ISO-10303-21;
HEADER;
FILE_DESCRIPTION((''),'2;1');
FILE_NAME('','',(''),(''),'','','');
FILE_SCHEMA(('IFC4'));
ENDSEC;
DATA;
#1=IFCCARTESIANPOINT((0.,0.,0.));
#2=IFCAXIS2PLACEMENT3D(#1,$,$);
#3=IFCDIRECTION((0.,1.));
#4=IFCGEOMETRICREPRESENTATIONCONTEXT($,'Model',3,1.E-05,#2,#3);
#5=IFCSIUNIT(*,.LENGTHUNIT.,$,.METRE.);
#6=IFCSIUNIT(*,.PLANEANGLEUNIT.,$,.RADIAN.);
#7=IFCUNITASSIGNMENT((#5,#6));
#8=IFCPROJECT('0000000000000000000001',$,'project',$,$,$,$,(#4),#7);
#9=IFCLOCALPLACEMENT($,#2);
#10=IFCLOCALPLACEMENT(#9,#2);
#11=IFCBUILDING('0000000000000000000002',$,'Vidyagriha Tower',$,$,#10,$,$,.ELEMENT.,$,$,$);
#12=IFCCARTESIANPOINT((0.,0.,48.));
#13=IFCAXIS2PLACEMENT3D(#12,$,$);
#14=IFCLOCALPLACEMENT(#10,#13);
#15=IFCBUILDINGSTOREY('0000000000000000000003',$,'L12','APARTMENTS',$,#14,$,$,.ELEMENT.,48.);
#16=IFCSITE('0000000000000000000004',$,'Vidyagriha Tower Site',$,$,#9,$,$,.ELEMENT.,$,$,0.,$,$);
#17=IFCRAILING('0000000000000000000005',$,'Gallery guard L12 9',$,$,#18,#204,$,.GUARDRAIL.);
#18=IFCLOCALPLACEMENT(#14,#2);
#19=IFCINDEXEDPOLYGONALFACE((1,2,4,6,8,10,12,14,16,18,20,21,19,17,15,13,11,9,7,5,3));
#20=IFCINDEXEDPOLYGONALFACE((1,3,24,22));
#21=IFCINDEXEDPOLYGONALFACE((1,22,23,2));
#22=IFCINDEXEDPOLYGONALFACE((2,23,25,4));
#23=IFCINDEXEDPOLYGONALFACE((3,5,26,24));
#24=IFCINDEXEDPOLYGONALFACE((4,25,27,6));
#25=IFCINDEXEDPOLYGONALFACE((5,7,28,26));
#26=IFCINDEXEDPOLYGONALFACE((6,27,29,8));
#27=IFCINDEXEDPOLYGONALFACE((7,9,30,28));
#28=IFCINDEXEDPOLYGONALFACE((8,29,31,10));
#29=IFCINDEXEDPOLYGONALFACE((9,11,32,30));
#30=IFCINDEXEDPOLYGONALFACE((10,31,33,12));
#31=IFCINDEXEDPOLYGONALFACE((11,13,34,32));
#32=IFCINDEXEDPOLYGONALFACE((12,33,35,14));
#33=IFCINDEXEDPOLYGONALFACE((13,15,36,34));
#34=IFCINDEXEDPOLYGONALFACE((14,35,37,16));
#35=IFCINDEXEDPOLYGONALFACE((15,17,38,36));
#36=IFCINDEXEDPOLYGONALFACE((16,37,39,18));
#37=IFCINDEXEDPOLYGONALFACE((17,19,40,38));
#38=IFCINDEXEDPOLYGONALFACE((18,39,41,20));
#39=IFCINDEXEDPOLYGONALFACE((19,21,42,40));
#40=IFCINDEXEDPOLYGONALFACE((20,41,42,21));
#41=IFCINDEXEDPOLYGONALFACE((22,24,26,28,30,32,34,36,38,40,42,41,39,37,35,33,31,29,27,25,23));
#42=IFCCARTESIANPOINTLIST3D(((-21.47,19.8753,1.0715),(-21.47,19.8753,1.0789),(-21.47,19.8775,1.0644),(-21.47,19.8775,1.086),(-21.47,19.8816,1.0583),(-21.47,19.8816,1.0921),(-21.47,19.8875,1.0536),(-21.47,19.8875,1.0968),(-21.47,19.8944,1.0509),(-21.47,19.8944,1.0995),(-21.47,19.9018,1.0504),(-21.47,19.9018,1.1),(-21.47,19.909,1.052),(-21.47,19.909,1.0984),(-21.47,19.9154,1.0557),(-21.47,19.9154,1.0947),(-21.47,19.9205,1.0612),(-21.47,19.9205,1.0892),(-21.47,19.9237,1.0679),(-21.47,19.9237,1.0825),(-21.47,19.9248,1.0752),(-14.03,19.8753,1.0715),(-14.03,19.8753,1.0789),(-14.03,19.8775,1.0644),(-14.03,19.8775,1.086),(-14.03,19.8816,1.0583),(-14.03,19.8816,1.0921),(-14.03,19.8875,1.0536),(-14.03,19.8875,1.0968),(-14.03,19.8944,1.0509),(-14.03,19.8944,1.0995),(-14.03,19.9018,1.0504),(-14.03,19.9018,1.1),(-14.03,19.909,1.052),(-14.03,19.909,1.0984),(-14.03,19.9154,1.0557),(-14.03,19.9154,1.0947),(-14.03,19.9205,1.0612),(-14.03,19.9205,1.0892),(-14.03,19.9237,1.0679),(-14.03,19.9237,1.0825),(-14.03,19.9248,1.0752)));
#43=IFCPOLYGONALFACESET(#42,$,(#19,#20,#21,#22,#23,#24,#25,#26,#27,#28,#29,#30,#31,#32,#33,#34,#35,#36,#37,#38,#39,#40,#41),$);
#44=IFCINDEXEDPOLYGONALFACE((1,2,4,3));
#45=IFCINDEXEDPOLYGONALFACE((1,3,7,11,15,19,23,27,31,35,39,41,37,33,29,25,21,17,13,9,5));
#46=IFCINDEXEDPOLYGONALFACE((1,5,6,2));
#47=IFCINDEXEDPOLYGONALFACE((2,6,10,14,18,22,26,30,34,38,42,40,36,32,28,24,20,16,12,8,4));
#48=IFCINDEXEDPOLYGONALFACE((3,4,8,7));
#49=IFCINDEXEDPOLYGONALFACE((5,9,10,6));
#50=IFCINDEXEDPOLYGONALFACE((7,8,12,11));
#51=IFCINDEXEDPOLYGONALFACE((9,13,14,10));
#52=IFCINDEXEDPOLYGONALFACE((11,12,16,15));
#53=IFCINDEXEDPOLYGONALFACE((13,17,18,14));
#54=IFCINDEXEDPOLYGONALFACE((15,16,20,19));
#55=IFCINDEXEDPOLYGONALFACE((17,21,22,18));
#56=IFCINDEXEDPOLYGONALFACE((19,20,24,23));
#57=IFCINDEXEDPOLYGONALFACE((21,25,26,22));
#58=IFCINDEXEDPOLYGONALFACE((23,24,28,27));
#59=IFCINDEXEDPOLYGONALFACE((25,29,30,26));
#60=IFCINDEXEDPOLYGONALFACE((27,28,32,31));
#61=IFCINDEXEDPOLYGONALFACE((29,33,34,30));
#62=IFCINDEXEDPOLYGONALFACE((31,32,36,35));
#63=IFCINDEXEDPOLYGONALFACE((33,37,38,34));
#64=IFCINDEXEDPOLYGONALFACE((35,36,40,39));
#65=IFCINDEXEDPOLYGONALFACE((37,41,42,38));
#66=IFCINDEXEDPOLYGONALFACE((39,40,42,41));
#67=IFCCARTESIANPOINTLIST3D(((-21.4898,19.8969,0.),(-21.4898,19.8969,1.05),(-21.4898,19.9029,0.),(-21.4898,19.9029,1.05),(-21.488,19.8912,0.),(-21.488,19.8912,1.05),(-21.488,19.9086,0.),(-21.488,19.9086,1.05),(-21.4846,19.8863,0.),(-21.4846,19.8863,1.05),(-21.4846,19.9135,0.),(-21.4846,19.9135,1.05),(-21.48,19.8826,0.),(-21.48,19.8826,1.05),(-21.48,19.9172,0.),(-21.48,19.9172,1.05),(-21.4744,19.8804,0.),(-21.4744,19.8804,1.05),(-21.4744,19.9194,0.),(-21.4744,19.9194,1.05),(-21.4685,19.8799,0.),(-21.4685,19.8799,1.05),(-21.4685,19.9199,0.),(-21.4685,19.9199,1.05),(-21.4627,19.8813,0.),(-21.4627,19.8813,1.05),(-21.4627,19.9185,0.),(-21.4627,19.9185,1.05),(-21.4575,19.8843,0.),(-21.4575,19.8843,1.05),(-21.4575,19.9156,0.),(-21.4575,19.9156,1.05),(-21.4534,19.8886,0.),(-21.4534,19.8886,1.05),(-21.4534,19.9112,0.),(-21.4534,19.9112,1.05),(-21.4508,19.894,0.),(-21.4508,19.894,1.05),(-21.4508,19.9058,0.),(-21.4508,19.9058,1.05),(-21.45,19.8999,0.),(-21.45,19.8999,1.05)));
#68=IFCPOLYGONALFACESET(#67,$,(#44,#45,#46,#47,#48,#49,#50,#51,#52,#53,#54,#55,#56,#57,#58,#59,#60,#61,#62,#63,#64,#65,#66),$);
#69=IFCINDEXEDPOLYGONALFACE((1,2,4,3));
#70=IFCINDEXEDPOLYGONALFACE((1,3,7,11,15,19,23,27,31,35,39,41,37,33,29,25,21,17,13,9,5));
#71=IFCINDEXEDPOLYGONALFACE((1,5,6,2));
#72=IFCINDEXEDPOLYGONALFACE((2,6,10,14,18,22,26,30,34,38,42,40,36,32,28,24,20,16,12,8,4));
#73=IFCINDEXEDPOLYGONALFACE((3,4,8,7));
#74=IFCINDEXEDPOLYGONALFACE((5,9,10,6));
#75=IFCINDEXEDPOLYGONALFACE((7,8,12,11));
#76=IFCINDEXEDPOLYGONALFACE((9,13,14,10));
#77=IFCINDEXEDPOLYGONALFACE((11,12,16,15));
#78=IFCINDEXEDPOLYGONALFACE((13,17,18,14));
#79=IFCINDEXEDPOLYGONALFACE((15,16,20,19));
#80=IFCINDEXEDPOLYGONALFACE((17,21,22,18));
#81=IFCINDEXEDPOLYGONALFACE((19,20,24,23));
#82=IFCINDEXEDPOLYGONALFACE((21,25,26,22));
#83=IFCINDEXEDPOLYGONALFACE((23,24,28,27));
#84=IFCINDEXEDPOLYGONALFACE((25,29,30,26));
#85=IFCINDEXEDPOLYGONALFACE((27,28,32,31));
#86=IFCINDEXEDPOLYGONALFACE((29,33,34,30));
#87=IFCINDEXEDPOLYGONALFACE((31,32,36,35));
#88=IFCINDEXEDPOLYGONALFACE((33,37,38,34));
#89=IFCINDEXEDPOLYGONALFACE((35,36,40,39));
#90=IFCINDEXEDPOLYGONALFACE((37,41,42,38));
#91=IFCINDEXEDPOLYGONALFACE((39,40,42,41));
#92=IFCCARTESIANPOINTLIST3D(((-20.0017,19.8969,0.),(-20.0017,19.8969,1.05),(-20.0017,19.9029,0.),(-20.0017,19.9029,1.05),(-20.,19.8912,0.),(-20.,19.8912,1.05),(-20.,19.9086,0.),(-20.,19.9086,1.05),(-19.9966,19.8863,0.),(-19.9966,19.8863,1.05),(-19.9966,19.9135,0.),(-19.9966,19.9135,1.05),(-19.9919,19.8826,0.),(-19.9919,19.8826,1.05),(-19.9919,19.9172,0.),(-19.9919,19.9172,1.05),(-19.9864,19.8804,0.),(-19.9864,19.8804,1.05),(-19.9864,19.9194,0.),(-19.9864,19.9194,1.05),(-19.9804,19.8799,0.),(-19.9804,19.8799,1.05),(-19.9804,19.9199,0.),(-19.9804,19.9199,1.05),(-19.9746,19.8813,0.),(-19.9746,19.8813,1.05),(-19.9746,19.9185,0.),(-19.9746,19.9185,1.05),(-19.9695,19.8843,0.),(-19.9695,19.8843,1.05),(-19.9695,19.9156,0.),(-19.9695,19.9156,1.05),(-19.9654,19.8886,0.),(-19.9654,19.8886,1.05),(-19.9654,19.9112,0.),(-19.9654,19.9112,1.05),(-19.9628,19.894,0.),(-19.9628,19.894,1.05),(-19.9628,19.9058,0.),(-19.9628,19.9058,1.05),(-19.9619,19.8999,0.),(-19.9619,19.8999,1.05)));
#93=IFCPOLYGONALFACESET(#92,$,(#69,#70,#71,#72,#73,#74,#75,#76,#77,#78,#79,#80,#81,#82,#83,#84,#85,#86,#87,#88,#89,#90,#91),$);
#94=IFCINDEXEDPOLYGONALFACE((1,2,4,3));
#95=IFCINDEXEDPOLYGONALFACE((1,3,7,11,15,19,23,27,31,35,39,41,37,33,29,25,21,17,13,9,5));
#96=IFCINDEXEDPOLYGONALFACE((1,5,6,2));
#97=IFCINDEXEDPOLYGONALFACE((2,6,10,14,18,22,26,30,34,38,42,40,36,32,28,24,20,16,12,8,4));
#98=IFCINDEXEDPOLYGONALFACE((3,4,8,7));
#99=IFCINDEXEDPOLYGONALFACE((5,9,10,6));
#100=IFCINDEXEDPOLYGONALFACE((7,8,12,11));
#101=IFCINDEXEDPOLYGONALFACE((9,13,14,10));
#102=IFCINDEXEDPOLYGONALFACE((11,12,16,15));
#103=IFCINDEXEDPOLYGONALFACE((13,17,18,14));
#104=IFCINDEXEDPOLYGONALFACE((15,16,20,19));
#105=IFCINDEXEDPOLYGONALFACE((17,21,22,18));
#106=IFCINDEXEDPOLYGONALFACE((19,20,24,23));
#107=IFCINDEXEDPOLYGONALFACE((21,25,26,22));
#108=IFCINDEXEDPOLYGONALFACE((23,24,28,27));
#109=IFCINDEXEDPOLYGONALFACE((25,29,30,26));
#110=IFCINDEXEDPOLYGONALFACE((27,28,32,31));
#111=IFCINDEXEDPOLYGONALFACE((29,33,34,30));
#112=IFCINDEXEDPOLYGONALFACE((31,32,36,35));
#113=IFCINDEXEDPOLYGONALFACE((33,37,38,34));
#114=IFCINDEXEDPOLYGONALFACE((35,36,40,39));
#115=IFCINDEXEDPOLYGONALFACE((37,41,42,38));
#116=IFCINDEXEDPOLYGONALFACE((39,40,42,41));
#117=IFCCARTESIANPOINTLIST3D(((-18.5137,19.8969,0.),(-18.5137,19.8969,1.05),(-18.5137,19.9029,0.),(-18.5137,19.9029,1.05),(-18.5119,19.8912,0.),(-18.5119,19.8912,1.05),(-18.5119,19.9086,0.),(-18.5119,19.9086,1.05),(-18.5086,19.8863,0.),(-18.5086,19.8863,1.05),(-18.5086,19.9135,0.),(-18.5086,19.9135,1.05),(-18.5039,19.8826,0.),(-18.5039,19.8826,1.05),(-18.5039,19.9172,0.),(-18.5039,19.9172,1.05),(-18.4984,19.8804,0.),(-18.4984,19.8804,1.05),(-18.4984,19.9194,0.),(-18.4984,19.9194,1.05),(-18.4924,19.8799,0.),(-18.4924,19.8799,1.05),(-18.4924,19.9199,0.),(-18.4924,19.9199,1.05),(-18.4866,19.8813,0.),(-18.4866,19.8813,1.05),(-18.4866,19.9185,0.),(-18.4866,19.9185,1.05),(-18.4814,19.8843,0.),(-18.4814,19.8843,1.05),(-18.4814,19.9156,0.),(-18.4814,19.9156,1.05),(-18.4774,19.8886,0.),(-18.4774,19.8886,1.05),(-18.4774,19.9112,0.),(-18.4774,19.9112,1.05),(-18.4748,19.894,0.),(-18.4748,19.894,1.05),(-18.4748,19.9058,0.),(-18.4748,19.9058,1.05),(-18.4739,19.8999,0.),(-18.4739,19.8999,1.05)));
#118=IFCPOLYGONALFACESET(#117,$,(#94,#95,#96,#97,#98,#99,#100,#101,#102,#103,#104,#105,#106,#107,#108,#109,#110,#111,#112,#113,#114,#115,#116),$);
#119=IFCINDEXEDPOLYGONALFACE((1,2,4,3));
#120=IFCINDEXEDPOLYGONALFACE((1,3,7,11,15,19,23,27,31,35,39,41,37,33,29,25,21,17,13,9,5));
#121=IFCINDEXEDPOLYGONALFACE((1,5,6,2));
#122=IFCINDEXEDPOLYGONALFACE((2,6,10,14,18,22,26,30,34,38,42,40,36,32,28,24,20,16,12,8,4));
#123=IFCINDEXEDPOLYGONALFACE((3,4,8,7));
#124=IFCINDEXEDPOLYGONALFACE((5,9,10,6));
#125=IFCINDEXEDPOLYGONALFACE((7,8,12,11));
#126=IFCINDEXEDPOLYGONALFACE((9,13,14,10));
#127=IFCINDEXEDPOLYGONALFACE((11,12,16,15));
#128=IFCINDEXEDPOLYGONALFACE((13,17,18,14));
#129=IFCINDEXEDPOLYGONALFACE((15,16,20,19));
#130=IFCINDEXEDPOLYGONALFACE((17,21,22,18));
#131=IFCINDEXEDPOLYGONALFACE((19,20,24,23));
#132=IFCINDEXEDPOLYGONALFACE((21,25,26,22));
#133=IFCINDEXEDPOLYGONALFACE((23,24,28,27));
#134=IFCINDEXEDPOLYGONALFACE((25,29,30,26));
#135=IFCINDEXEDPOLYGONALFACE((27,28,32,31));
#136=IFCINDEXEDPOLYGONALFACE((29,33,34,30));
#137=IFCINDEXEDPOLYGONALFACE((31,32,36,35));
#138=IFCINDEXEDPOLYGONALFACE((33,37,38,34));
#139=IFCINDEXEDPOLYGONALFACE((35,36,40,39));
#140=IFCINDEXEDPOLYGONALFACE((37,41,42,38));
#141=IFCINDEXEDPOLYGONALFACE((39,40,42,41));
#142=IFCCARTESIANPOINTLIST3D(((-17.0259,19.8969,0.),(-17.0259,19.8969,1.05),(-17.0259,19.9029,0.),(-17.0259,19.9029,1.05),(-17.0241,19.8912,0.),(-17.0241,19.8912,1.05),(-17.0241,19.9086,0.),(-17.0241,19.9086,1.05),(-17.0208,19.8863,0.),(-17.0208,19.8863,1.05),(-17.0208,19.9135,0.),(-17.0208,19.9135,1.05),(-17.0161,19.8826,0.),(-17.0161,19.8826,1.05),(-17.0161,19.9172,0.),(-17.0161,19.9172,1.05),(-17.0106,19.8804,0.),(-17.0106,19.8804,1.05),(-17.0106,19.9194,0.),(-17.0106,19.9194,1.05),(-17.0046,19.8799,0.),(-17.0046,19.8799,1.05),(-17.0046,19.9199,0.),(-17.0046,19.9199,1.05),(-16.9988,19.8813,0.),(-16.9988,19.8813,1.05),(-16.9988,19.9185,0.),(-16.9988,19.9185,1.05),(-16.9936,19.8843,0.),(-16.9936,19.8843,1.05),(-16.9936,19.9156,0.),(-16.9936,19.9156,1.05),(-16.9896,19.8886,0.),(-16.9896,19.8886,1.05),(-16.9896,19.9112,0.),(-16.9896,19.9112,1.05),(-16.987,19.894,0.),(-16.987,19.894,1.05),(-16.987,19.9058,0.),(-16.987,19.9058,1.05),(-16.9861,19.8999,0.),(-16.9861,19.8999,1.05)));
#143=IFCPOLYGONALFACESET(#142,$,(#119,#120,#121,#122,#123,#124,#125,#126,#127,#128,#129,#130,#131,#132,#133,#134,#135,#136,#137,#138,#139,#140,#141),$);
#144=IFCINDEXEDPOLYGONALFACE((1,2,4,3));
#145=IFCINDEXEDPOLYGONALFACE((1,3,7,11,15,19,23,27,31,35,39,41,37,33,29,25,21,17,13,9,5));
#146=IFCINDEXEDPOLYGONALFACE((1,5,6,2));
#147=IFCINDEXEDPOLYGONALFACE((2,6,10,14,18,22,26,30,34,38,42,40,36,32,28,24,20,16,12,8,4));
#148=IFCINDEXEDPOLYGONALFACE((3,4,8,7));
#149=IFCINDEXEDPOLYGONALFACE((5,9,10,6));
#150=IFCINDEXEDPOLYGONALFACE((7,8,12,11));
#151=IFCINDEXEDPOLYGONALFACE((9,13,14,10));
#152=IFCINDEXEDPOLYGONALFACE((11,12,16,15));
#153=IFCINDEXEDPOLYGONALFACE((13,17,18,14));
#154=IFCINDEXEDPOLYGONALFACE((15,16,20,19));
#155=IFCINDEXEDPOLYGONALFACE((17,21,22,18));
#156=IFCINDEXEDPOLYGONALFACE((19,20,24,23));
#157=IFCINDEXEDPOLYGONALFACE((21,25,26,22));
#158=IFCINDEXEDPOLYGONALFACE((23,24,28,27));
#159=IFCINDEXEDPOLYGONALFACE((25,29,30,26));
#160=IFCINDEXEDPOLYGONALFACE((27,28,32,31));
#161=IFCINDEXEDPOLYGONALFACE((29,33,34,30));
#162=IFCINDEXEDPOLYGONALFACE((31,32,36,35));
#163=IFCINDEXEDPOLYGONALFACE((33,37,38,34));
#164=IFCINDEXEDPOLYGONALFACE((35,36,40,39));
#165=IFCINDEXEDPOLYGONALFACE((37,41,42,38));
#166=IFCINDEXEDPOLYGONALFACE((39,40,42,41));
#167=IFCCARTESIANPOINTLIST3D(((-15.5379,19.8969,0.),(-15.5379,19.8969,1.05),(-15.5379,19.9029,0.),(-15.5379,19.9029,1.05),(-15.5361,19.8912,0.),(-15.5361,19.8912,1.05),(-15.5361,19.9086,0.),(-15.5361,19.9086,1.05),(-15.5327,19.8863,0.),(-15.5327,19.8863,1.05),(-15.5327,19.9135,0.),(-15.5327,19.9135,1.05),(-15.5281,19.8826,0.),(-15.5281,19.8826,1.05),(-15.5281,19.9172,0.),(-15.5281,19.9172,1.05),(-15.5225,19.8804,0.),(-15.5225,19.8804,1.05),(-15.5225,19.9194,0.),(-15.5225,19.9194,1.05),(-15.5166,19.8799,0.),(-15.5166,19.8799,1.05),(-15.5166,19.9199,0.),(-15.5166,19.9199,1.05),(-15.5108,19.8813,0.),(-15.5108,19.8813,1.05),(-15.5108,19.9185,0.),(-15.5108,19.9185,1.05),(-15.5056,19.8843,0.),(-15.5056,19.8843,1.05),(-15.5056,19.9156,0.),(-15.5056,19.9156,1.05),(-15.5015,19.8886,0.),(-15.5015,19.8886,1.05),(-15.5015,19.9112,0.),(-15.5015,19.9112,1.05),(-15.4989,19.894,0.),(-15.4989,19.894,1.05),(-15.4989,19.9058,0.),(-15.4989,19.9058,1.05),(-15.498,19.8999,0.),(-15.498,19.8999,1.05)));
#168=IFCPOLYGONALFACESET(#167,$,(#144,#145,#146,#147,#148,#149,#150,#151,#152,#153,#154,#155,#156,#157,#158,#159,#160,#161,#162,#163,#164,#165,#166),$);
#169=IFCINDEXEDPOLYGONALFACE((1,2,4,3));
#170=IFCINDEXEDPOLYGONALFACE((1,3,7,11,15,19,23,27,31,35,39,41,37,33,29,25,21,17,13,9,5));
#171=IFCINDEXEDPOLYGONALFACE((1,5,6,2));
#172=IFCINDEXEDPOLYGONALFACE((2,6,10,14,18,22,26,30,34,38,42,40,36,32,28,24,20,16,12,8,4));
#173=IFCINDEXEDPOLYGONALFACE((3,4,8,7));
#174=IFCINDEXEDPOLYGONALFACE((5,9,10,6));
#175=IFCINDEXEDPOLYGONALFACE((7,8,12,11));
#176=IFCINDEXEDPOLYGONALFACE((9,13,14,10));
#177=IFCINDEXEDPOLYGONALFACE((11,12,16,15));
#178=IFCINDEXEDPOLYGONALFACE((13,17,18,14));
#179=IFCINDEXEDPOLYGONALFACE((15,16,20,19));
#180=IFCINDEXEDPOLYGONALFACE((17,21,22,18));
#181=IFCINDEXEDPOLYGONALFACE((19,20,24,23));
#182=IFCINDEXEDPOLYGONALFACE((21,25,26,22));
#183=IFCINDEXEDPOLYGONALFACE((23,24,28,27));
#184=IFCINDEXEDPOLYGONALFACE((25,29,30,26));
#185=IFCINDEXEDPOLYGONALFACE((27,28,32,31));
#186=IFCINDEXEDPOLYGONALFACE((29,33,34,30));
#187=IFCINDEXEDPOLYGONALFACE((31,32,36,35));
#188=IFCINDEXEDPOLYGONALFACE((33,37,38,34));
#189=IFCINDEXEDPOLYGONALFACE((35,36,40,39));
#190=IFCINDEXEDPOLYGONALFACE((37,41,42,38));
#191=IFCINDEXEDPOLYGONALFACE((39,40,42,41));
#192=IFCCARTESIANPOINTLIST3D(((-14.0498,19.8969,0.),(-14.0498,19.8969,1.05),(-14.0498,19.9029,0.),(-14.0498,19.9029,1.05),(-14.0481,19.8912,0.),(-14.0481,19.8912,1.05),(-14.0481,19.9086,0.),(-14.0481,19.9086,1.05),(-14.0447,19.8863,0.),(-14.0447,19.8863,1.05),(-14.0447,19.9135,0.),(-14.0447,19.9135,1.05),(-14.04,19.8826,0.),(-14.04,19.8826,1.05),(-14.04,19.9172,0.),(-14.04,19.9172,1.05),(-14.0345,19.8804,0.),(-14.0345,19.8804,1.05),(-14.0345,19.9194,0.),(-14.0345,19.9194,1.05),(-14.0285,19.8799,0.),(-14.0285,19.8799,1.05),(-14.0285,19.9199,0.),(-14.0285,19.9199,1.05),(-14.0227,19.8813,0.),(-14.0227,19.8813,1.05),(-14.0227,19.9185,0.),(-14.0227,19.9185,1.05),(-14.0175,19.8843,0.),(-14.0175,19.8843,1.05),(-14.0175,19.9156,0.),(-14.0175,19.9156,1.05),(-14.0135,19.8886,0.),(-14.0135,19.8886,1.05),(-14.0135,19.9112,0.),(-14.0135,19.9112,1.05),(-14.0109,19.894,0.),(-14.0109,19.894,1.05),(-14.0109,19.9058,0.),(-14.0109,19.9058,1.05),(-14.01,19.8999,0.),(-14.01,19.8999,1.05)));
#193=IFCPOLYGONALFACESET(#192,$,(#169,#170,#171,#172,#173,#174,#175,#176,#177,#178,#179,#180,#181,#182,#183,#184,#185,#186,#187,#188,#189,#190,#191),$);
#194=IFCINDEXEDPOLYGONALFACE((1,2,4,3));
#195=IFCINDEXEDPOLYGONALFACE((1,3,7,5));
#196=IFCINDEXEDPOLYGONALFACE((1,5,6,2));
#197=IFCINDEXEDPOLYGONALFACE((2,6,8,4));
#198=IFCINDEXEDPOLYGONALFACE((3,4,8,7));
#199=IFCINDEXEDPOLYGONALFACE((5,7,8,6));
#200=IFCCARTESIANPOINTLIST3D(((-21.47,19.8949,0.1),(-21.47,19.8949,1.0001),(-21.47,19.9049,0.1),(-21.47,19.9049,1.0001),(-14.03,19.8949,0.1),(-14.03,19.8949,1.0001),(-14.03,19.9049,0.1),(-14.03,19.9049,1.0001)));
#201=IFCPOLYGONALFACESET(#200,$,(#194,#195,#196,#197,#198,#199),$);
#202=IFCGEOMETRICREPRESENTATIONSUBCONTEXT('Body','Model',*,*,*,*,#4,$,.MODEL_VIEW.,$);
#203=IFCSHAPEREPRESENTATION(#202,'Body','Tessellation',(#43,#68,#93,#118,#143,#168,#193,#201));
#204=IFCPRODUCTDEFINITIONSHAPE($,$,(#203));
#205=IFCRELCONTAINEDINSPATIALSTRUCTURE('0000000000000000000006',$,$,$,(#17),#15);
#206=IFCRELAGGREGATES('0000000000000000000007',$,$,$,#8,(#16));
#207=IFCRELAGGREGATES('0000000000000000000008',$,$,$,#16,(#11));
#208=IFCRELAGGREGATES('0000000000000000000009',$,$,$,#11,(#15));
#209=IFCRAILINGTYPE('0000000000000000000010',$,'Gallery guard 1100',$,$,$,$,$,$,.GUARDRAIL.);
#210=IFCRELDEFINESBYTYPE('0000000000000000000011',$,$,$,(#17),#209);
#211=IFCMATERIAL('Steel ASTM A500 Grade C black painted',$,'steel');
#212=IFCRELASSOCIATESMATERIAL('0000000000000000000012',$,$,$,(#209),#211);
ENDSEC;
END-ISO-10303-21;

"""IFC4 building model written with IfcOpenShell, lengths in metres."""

from ifc_helpers import new_model, si_unit, direction, frame, origin, origin_2d, place, context, subcontext, project, spatial, rectangle, circle, extrude, material, type_object, element, save


model = new_model("IFC4")

# Units and contexts
model_context = context("Model", 3, precision=1e-05, world=origin(), true_north=direction((0.0, 1.0)))
body_context = subcontext(model_context, "Body", "Model", "MODEL_VIEW")
ifc_project = project(units=[si_unit("LENGTHUNIT", "METRE"), si_unit("PLANEANGLEUNIT", "RADIAN")], contexts=[model_context])

# Site, building, storey
site_placement = place(None, origin())
site = spatial("IfcSite", under=ifc_project, at=site_placement, Name="Vidyagriha Tower Site", CompositionType="ELEMENT", RefElevation=0.0)
building_placement = place(site_placement, origin())
building = spatial("IfcBuilding", under=site, at=building_placement, Name="Vidyagriha Tower", CompositionType="ELEMENT")
storey_placement = place(building_placement, frame((0.0, 0.0, 48.0)))
storey = spatial("IfcBuildingStorey", under=building, at=storey_placement, Name="L12", Description="APARTMENTS", CompositionType="ELEMENT", Elevation=48.0)

# Railing
ifc_material_1 = material(Name="Steel ASTM A500 Grade C black painted", Category="steel")
railing_type_1 = type_object("IfcRailingType", Name="Gallery guard 1100", PredefinedType="GUARDRAIL", material=ifc_material_1)
railing_1_placement = place(storey_placement, frame((-21.47, 19.8999, 0.0)))
element("IfcRailing", 1, at=railing_1_placement, inside=storey, type_object=railing_type_1, Name="Gallery guard L12 9", PredefinedType="GUARDRAIL", context=body_context, shape_type="SweptSolid", body=[
    extrude(circle(Radius=0.0249, at=origin_2d()), frame((0.0, 0.0, 1.0752), z_axis=(1.0, 0.0, 0.0), x_axis=(0.0, 1.0, 0.0)), (0.0, 0.0, 1.0), 7.4399),
    extrude(circle(Radius=0.02, at=origin_2d()), origin(), (0.0, 0.0, 1.0), 1.05),
    extrude(circle(Radius=0.02, at=origin_2d()), frame((1.488, 0.0, 0.0)), (0.0, 0.0, 1.0), 1.05),
    extrude(circle(Radius=0.02, at=origin_2d()), frame((2.9761, 0.0, 0.0)), (0.0, 0.0, 1.0), 1.05),
    extrude(circle(Radius=0.02, at=origin_2d()), frame((4.4639, 0.0, 0.0)), (0.0, 0.0, 1.0), 1.05),
    extrude(circle(Radius=0.02, at=origin_2d()), frame((5.9519, 0.0, 0.0)), (0.0, 0.0, 1.0), 1.05),
    extrude(circle(Radius=0.02, at=origin_2d()), frame((7.4399, 0.0, 0.0)), (0.0, 0.0, 1.0), 1.05),
    extrude(rectangle(XDim=0.01, YDim=0.9001, at=origin_2d()), frame((0.0, 0.0, 0.55), z_axis=(1.0, 0.0, 0.0), x_axis=(0.0, 1.0, 0.0)), (0.0, 0.0, 1.0), 7.4399),
])

save(model, "model.ifc")
